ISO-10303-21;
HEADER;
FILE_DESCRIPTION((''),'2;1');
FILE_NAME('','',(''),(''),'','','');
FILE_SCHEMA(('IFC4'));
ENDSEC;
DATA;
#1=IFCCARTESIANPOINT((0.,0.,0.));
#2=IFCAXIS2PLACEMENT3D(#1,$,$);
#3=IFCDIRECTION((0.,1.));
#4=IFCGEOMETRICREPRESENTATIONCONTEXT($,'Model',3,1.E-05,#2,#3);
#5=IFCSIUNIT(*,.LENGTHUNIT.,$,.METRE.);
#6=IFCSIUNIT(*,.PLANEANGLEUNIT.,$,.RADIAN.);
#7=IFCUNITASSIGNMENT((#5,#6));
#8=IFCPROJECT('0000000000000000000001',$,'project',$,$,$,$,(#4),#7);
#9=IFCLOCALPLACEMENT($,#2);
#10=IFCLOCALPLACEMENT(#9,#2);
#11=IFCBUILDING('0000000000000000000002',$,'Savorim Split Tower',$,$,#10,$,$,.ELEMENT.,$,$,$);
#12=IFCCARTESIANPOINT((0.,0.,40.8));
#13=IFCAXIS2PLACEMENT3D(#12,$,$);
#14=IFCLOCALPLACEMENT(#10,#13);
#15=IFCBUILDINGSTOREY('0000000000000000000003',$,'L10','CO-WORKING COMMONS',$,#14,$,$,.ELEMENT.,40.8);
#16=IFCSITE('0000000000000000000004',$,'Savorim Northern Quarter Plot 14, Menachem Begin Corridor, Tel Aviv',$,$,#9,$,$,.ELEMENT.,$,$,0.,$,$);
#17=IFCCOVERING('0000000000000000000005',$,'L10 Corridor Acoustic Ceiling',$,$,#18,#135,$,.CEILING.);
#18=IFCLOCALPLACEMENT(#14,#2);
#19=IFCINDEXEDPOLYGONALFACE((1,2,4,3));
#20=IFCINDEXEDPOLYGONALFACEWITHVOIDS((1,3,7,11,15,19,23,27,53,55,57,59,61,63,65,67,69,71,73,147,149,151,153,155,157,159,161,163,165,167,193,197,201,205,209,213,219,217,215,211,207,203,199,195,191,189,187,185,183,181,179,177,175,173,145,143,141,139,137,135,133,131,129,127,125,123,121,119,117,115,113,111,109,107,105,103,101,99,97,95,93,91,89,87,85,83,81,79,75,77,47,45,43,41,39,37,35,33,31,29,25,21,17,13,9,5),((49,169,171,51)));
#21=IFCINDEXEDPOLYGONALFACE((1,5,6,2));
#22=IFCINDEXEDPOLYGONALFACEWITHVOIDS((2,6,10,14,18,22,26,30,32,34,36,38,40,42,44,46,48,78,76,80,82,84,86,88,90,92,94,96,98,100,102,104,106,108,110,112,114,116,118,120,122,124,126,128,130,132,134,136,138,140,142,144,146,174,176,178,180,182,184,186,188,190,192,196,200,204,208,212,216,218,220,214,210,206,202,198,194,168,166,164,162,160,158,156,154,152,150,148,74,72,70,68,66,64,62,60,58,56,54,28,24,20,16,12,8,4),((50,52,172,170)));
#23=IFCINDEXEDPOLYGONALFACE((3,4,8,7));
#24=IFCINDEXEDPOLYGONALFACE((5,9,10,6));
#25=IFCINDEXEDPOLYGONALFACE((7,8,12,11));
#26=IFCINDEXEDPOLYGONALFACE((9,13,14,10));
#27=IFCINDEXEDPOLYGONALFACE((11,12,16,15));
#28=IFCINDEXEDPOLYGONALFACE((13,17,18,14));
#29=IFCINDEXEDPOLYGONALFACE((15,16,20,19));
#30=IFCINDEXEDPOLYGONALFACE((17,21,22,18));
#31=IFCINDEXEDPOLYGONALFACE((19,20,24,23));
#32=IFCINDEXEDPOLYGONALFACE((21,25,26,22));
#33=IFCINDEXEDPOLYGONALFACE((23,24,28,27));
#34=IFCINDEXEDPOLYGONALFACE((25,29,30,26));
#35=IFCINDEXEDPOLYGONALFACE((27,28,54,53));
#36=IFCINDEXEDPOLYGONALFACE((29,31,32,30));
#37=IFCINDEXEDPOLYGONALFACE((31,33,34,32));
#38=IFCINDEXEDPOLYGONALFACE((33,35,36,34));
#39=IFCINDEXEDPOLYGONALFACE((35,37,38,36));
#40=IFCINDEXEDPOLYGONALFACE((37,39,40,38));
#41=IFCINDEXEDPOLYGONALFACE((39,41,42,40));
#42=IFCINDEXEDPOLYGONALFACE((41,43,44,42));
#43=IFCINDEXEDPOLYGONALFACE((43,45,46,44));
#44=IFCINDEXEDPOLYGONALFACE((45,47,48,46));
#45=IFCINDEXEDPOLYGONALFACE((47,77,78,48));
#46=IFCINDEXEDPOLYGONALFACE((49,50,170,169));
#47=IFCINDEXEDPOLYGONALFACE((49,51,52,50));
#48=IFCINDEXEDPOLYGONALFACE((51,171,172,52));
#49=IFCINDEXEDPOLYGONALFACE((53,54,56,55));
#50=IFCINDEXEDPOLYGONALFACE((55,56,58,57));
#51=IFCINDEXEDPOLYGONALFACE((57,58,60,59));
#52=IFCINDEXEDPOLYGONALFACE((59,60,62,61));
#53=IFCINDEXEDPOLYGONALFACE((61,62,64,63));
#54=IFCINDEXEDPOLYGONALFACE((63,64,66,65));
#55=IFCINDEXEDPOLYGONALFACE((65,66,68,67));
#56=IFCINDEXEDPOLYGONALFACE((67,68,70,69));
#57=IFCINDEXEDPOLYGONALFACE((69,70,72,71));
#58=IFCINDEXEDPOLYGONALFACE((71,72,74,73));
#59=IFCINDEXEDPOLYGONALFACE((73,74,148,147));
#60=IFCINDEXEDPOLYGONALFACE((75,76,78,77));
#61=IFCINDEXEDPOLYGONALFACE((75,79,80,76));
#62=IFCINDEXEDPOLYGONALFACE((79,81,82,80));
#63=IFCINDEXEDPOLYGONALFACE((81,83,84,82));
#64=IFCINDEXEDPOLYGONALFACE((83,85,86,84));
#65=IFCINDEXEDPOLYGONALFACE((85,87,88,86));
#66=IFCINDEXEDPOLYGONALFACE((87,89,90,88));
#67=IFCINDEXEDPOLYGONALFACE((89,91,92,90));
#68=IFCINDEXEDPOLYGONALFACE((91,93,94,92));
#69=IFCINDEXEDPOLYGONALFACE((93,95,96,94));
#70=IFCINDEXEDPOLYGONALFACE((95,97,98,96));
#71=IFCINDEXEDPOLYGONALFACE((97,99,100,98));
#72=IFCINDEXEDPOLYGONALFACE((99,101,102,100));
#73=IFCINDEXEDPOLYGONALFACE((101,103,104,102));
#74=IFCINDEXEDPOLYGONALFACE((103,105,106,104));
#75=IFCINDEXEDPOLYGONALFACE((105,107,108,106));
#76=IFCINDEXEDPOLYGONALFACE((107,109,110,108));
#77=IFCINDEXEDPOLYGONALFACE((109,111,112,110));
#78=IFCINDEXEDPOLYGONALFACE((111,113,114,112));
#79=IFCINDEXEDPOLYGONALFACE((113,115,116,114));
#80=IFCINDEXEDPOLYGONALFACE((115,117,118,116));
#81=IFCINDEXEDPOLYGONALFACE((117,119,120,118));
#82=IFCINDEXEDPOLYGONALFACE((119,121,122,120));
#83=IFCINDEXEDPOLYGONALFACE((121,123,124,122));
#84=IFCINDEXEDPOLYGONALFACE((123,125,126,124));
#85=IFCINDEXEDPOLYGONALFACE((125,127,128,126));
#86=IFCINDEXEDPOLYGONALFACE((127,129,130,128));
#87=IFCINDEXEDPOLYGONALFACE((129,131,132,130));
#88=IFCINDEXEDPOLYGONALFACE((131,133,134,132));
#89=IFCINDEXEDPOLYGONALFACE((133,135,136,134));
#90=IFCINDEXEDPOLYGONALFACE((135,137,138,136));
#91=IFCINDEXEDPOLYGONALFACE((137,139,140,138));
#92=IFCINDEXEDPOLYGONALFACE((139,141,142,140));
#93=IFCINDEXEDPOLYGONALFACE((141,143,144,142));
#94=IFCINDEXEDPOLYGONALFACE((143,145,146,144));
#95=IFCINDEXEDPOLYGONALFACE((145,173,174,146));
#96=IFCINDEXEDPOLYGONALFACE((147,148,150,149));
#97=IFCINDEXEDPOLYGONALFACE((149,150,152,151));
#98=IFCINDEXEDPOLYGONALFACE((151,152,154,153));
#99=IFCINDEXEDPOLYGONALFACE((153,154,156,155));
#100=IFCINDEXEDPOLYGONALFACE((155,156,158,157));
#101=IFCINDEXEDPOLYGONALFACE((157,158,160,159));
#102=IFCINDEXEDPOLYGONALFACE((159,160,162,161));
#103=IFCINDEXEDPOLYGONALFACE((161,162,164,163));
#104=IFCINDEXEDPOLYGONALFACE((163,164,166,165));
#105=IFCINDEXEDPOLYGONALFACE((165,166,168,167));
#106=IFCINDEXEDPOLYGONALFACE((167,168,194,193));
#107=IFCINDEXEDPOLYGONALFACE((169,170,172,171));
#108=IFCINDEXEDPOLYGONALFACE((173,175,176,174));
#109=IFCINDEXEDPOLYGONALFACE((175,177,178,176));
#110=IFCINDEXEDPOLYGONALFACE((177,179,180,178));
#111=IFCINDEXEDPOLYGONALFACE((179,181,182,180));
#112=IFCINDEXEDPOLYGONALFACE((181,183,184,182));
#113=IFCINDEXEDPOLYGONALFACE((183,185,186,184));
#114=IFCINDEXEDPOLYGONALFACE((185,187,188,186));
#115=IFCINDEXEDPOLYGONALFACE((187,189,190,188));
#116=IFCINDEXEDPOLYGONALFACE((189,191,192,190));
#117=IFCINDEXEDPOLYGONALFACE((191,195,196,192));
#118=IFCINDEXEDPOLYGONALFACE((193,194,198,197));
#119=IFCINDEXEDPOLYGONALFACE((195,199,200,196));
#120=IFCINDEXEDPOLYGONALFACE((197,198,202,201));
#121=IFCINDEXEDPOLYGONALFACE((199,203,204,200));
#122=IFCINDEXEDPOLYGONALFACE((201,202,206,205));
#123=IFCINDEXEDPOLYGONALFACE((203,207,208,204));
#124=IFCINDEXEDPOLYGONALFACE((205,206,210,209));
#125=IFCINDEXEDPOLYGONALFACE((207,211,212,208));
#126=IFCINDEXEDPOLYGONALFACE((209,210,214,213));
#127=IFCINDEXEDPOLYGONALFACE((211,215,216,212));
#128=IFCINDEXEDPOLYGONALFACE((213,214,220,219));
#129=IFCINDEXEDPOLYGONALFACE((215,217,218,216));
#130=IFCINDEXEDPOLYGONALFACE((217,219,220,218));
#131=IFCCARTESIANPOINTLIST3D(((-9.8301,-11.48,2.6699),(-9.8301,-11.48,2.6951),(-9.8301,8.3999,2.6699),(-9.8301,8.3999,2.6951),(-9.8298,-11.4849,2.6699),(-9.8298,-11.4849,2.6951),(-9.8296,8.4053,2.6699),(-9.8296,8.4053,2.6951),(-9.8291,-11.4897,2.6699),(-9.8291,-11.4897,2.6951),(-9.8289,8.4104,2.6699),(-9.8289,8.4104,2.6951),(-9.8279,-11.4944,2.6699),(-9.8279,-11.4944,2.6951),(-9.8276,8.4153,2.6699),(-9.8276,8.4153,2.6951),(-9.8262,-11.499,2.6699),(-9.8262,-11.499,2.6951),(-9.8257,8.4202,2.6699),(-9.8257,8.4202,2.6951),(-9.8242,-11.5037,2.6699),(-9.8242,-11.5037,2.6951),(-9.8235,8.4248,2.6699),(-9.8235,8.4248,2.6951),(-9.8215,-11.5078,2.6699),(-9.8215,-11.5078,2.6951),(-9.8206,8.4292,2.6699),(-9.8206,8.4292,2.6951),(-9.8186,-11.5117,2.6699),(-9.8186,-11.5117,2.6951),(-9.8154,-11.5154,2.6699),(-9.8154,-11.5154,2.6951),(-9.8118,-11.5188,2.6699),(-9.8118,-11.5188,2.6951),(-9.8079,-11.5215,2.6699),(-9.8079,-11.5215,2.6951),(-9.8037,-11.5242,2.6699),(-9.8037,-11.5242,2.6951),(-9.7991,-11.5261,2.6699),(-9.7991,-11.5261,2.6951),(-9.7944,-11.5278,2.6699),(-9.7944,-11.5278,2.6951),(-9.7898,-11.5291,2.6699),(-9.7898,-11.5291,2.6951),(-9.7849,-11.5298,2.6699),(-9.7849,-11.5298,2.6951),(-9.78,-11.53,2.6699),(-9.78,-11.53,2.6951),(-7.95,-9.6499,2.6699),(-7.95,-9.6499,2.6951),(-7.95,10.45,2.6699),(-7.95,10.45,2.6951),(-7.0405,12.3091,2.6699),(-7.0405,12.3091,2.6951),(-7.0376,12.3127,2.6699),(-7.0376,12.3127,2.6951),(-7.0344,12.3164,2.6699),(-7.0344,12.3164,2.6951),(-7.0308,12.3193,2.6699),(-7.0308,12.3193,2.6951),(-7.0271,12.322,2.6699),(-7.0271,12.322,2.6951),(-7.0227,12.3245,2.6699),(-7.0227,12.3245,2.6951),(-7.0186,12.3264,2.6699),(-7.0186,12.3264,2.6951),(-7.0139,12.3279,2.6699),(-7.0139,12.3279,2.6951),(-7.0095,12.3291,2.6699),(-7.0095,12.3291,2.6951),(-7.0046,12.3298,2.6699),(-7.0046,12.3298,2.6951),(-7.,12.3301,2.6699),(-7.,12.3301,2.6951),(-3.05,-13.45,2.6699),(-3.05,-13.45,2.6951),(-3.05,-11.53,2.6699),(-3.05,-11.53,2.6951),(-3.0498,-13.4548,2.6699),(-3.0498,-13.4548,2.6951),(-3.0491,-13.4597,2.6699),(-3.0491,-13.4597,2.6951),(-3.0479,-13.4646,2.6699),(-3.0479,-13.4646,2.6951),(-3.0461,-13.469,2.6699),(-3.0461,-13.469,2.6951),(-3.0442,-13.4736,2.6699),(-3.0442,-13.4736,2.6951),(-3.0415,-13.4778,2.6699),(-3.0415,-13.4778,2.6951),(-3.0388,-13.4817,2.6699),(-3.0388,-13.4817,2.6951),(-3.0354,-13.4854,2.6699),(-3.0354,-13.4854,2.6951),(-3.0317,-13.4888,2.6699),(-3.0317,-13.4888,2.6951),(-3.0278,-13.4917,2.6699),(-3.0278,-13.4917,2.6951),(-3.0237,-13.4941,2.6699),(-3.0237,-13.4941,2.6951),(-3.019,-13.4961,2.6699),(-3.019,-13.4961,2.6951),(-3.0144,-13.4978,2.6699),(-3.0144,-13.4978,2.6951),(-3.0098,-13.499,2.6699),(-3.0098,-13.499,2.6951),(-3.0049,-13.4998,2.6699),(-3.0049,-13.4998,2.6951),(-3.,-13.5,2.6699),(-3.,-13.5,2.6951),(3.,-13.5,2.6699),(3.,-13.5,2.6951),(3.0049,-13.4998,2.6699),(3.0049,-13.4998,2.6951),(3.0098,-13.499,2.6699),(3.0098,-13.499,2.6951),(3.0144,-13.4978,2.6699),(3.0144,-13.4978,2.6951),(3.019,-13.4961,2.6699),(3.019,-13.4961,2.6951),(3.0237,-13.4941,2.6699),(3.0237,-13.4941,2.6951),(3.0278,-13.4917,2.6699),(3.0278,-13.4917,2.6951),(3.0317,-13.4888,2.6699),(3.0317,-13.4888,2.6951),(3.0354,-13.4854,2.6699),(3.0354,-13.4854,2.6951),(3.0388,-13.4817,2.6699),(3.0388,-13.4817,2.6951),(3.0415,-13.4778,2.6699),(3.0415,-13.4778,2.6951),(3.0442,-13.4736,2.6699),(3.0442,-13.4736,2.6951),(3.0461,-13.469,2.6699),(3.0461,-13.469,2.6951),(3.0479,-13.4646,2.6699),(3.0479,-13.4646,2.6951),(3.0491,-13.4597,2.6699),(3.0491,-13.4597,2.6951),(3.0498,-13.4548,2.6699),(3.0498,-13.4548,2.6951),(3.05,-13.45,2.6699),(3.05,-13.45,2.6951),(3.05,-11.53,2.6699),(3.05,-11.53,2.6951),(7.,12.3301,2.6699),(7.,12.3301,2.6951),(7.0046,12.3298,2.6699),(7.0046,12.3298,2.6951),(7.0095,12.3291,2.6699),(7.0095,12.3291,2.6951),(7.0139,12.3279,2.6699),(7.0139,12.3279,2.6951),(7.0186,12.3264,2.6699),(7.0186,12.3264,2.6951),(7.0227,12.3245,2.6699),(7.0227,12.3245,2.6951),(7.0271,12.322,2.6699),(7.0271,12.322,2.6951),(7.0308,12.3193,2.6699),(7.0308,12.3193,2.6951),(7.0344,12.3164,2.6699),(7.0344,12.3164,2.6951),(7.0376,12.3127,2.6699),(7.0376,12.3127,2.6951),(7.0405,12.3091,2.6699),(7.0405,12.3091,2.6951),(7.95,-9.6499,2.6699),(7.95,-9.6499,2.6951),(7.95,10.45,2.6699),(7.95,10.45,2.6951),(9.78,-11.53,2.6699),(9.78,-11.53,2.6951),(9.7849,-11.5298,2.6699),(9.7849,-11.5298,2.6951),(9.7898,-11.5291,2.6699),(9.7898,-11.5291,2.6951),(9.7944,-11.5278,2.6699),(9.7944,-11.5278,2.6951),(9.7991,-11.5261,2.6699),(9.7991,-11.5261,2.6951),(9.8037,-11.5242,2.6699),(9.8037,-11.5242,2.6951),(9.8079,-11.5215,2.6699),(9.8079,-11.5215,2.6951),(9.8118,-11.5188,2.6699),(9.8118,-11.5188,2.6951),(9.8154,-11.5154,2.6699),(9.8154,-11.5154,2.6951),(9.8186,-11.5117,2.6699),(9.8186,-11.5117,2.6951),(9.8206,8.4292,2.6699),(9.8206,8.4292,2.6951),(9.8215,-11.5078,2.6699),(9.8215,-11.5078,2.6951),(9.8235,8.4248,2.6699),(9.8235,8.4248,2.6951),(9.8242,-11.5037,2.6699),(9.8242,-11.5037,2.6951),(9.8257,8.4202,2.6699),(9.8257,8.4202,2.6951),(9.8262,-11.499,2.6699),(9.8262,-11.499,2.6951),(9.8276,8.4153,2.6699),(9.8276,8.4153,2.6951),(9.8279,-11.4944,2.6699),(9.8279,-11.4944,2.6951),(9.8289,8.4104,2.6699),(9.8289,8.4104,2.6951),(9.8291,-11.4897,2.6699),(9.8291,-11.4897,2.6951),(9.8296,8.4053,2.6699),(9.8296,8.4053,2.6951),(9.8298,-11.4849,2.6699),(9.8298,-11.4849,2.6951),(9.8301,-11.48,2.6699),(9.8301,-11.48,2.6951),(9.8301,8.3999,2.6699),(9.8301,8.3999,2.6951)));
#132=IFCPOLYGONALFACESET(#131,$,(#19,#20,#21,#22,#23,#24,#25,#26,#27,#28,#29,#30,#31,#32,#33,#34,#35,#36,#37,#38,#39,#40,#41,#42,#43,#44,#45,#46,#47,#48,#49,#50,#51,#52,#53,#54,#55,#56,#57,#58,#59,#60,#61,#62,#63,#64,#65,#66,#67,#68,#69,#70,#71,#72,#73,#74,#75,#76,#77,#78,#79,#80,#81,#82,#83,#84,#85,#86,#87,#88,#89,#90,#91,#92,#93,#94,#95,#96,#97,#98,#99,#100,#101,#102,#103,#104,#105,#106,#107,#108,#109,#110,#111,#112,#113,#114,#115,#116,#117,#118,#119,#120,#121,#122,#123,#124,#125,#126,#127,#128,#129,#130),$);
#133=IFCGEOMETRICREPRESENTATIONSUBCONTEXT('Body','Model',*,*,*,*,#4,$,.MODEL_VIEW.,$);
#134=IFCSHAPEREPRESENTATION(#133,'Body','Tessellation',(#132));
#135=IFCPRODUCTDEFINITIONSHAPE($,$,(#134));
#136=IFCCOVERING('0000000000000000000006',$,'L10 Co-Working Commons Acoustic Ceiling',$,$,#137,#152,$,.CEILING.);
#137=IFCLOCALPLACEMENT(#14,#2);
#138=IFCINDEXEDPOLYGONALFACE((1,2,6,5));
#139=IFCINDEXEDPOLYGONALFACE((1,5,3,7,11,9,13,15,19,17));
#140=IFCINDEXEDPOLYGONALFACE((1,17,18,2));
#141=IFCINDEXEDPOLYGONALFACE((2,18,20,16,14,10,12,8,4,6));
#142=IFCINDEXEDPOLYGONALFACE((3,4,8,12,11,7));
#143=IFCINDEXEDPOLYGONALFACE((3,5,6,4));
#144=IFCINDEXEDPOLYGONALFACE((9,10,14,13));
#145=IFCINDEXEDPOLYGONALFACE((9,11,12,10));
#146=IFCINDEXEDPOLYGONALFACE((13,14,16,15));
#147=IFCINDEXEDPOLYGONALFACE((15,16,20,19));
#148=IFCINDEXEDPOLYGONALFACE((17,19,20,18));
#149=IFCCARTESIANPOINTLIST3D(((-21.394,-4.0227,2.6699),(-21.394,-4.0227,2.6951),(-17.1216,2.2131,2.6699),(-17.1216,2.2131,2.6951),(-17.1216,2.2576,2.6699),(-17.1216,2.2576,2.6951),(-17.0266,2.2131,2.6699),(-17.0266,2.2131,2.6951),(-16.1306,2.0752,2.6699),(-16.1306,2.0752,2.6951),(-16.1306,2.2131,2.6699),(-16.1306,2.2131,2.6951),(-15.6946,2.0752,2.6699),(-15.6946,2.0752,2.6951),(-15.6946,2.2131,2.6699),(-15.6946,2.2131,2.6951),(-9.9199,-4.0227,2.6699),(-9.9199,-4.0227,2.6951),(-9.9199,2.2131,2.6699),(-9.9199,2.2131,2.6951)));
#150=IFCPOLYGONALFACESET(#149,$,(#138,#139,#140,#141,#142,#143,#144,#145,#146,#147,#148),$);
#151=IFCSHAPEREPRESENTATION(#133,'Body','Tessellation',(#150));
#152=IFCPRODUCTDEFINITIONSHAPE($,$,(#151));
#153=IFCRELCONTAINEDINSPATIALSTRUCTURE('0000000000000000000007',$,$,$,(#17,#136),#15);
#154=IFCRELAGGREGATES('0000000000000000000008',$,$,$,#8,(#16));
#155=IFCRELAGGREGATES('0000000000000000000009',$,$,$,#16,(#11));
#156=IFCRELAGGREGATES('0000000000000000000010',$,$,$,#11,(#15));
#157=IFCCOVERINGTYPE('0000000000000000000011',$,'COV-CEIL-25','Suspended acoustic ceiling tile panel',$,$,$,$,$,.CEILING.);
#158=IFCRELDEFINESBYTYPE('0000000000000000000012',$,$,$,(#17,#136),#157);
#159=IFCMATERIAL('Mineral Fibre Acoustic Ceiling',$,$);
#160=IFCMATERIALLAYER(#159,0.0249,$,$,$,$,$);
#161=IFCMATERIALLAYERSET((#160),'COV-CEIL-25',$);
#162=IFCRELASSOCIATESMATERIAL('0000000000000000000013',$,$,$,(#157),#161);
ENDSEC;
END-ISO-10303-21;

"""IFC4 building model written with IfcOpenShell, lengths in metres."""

from ifc_helpers import new_model, si_unit, direction, frame, origin, place, context, subcontext, project, spatial, polyline, outline, extrude, material, layer, layer_set, type_object, element, save


model = new_model("IFC4")

# Units and contexts
model_context = context("Model", 3, precision=1e-05, world=origin(), true_north=direction((0.0, 1.0)))
body_context = subcontext(model_context, "Body", "Model", "MODEL_VIEW")
ifc_project = project(units=[si_unit("LENGTHUNIT", "METRE"), si_unit("PLANEANGLEUNIT", "RADIAN")], contexts=[model_context])

# Site, building, storey
site_placement = place(None, origin())
site = spatial("IfcSite", under=ifc_project, at=site_placement, Name="Savorim Northern Quarter Plot 14, Menachem Begin Corridor, Tel Aviv", CompositionType="ELEMENT", RefElevation=0.0)
building_placement = place(site_placement, origin())
building = spatial("IfcBuilding", under=site, at=building_placement, Name="Savorim Split Tower", CompositionType="ELEMENT")
storey_placement = place(building_placement, frame((0.0, 0.0, 40.8)))
storey = spatial("IfcBuildingStorey", under=building, at=storey_placement, Name="L10", Description="CO-WORKING COMMONS", CompositionType="ELEMENT", Elevation=40.8)

# Coverings
ifc_material_1 = material(Name="Mineral Fibre Acoustic Ceiling")
ifc_layer_1 = layer(ifc_material_1, 0.0249)
ifc_layer_set_1 = layer_set([ifc_layer_1], Name="COV-CEIL-25")
covering_type_1 = type_object("IfcCoveringType", Name="COV-CEIL-25", Description="Suspended acoustic ceiling tile panel", PredefinedType="CEILING", material=ifc_layer_set_1)
covering_1_placement = place(storey_placement, frame((0.0, 0.0, 2.6699)))
element("IfcCovering", 1, at=covering_1_placement, inside=storey, type_object=covering_type_1, Name="L10 Corridor Acoustic Ceiling", PredefinedType="CEILING", context=body_context, shape_type="SweptSolid", body=[
    extrude(outline(polyline([(7.0095, 12.3291), (7.0046, 12.3298), (7.0, 12.3301), (-7.0, 12.3301), (-7.0046, 12.3298), (-7.0095, 12.3291), (-7.0139, 12.3279), (-7.0186, 12.3264), (-7.0227, 12.3245), (-7.0271, 12.322), (-7.0308, 12.3193), (-7.0344, 12.3164), (-7.0376, 12.3127), (-7.0405, 12.3091), (-9.8206, 8.4292), (-9.8235, 8.4248), (-9.8257, 8.4202), (-9.8276, 8.4153), (-9.8289, 8.4104), (-9.8296, 8.4053), (-9.8301, 8.3999), (-9.8301, -11.48), (-9.8298, -11.4849), (-9.8291, -11.4897), (-9.8279, -11.4944), (-9.8262, -11.499), (-9.8242, -11.5037), (-9.8215, -11.5078), (-9.8186, -11.5117), (-9.8154, -11.5154), (-9.8118, -11.5188), (-9.8079, -11.5215), (-9.8037, -11.5242), (-9.7991, -11.5261), (-9.7944, -11.5278), (-9.7898, -11.5291), (-9.7849, -11.5298), (-9.78, -11.53), (-3.05, -11.53), (-3.05, -13.45), (-3.0498, -13.4548), (-3.0491, -13.4597), (-3.0479, -13.4646), (-3.0461, -13.469), (-3.0442, -13.4736), (-3.0415, -13.4778), (-3.0388, -13.4817), (-3.0354, -13.4854), (-3.0317, -13.4888), (-3.0278, -13.4917), (-3.0237, -13.4941), (-3.019, -13.4961), (-3.0144, -13.4978), (-3.0098, -13.499), (-3.0049, -13.4998), (-3.0, -13.5), (3.0, -13.5), (3.0049, -13.4998), (3.0098, -13.499), (3.0144, -13.4978), (3.019, -13.4961), (3.0237, -13.4941), (3.0278, -13.4917), (3.0317, -13.4888), (3.0354, -13.4854), (3.0388, -13.4817), (3.0415, -13.4778), (3.0442, -13.4736), (3.0461, -13.469), (3.0479, -13.4646), (3.0491, -13.4597), (3.0498, -13.4548), (3.05, -13.45), (3.05, -11.53), (9.78, -11.53), (9.7849, -11.5298), (9.7898, -11.5291), (9.7944, -11.5278), (9.7991, -11.5261), (9.8037, -11.5242), (9.8079, -11.5215), (9.8118, -11.5188), (9.8154, -11.5154), (9.8186, -11.5117), (9.8215, -11.5078), (9.8242, -11.5037), (9.8262, -11.499), (9.8279, -11.4944), (9.8291, -11.4897), (9.8298, -11.4849), (9.8301, -11.48), (9.8301, 8.3999), (9.8296, 8.4053), (9.8289, 8.4104), (9.8276, 8.4153), (9.8257, 8.4202), (9.8235, 8.4248), (9.8206, 8.4292), (7.0405, 12.3091), (7.0376, 12.3127), (7.0344, 12.3164), (7.0308, 12.3193), (7.0271, 12.322), (7.0227, 12.3245), (7.0186, 12.3264), (7.0139, 12.3279), (7.0095, 12.3291)]), holes=[polyline([(-7.95, 10.45), (-7.95, -9.6499), (7.95, -9.6499), (7.95, 10.45), (-7.95, 10.45)])]), origin(), (0.0, 0.0, 1.0), 0.0251),
])
covering_2_placement = place(storey_placement, frame((0.0, 0.0, 2.6699)))
element("IfcCovering", 2, at=covering_2_placement, inside=storey, type_object=covering_type_1, Name="L10 Co-Working Commons Acoustic Ceiling", PredefinedType="CEILING", context=body_context, shape_type="SweptSolid", body=[
    extrude(outline(polyline([(-17.0266, 2.2131), (-17.1216, 2.2131), (-17.1216, 2.2576), (-21.394, -4.0227), (-9.9199, -4.0227), (-9.9199, 2.2131), (-15.6946, 2.2131), (-15.6946, 2.0752), (-16.1306, 2.0752), (-16.1306, 2.2131), (-17.0266, 2.2131)])), origin(), (0.0, 0.0, 1.0), 0.0251),
])

save(model, "model.ifc")
